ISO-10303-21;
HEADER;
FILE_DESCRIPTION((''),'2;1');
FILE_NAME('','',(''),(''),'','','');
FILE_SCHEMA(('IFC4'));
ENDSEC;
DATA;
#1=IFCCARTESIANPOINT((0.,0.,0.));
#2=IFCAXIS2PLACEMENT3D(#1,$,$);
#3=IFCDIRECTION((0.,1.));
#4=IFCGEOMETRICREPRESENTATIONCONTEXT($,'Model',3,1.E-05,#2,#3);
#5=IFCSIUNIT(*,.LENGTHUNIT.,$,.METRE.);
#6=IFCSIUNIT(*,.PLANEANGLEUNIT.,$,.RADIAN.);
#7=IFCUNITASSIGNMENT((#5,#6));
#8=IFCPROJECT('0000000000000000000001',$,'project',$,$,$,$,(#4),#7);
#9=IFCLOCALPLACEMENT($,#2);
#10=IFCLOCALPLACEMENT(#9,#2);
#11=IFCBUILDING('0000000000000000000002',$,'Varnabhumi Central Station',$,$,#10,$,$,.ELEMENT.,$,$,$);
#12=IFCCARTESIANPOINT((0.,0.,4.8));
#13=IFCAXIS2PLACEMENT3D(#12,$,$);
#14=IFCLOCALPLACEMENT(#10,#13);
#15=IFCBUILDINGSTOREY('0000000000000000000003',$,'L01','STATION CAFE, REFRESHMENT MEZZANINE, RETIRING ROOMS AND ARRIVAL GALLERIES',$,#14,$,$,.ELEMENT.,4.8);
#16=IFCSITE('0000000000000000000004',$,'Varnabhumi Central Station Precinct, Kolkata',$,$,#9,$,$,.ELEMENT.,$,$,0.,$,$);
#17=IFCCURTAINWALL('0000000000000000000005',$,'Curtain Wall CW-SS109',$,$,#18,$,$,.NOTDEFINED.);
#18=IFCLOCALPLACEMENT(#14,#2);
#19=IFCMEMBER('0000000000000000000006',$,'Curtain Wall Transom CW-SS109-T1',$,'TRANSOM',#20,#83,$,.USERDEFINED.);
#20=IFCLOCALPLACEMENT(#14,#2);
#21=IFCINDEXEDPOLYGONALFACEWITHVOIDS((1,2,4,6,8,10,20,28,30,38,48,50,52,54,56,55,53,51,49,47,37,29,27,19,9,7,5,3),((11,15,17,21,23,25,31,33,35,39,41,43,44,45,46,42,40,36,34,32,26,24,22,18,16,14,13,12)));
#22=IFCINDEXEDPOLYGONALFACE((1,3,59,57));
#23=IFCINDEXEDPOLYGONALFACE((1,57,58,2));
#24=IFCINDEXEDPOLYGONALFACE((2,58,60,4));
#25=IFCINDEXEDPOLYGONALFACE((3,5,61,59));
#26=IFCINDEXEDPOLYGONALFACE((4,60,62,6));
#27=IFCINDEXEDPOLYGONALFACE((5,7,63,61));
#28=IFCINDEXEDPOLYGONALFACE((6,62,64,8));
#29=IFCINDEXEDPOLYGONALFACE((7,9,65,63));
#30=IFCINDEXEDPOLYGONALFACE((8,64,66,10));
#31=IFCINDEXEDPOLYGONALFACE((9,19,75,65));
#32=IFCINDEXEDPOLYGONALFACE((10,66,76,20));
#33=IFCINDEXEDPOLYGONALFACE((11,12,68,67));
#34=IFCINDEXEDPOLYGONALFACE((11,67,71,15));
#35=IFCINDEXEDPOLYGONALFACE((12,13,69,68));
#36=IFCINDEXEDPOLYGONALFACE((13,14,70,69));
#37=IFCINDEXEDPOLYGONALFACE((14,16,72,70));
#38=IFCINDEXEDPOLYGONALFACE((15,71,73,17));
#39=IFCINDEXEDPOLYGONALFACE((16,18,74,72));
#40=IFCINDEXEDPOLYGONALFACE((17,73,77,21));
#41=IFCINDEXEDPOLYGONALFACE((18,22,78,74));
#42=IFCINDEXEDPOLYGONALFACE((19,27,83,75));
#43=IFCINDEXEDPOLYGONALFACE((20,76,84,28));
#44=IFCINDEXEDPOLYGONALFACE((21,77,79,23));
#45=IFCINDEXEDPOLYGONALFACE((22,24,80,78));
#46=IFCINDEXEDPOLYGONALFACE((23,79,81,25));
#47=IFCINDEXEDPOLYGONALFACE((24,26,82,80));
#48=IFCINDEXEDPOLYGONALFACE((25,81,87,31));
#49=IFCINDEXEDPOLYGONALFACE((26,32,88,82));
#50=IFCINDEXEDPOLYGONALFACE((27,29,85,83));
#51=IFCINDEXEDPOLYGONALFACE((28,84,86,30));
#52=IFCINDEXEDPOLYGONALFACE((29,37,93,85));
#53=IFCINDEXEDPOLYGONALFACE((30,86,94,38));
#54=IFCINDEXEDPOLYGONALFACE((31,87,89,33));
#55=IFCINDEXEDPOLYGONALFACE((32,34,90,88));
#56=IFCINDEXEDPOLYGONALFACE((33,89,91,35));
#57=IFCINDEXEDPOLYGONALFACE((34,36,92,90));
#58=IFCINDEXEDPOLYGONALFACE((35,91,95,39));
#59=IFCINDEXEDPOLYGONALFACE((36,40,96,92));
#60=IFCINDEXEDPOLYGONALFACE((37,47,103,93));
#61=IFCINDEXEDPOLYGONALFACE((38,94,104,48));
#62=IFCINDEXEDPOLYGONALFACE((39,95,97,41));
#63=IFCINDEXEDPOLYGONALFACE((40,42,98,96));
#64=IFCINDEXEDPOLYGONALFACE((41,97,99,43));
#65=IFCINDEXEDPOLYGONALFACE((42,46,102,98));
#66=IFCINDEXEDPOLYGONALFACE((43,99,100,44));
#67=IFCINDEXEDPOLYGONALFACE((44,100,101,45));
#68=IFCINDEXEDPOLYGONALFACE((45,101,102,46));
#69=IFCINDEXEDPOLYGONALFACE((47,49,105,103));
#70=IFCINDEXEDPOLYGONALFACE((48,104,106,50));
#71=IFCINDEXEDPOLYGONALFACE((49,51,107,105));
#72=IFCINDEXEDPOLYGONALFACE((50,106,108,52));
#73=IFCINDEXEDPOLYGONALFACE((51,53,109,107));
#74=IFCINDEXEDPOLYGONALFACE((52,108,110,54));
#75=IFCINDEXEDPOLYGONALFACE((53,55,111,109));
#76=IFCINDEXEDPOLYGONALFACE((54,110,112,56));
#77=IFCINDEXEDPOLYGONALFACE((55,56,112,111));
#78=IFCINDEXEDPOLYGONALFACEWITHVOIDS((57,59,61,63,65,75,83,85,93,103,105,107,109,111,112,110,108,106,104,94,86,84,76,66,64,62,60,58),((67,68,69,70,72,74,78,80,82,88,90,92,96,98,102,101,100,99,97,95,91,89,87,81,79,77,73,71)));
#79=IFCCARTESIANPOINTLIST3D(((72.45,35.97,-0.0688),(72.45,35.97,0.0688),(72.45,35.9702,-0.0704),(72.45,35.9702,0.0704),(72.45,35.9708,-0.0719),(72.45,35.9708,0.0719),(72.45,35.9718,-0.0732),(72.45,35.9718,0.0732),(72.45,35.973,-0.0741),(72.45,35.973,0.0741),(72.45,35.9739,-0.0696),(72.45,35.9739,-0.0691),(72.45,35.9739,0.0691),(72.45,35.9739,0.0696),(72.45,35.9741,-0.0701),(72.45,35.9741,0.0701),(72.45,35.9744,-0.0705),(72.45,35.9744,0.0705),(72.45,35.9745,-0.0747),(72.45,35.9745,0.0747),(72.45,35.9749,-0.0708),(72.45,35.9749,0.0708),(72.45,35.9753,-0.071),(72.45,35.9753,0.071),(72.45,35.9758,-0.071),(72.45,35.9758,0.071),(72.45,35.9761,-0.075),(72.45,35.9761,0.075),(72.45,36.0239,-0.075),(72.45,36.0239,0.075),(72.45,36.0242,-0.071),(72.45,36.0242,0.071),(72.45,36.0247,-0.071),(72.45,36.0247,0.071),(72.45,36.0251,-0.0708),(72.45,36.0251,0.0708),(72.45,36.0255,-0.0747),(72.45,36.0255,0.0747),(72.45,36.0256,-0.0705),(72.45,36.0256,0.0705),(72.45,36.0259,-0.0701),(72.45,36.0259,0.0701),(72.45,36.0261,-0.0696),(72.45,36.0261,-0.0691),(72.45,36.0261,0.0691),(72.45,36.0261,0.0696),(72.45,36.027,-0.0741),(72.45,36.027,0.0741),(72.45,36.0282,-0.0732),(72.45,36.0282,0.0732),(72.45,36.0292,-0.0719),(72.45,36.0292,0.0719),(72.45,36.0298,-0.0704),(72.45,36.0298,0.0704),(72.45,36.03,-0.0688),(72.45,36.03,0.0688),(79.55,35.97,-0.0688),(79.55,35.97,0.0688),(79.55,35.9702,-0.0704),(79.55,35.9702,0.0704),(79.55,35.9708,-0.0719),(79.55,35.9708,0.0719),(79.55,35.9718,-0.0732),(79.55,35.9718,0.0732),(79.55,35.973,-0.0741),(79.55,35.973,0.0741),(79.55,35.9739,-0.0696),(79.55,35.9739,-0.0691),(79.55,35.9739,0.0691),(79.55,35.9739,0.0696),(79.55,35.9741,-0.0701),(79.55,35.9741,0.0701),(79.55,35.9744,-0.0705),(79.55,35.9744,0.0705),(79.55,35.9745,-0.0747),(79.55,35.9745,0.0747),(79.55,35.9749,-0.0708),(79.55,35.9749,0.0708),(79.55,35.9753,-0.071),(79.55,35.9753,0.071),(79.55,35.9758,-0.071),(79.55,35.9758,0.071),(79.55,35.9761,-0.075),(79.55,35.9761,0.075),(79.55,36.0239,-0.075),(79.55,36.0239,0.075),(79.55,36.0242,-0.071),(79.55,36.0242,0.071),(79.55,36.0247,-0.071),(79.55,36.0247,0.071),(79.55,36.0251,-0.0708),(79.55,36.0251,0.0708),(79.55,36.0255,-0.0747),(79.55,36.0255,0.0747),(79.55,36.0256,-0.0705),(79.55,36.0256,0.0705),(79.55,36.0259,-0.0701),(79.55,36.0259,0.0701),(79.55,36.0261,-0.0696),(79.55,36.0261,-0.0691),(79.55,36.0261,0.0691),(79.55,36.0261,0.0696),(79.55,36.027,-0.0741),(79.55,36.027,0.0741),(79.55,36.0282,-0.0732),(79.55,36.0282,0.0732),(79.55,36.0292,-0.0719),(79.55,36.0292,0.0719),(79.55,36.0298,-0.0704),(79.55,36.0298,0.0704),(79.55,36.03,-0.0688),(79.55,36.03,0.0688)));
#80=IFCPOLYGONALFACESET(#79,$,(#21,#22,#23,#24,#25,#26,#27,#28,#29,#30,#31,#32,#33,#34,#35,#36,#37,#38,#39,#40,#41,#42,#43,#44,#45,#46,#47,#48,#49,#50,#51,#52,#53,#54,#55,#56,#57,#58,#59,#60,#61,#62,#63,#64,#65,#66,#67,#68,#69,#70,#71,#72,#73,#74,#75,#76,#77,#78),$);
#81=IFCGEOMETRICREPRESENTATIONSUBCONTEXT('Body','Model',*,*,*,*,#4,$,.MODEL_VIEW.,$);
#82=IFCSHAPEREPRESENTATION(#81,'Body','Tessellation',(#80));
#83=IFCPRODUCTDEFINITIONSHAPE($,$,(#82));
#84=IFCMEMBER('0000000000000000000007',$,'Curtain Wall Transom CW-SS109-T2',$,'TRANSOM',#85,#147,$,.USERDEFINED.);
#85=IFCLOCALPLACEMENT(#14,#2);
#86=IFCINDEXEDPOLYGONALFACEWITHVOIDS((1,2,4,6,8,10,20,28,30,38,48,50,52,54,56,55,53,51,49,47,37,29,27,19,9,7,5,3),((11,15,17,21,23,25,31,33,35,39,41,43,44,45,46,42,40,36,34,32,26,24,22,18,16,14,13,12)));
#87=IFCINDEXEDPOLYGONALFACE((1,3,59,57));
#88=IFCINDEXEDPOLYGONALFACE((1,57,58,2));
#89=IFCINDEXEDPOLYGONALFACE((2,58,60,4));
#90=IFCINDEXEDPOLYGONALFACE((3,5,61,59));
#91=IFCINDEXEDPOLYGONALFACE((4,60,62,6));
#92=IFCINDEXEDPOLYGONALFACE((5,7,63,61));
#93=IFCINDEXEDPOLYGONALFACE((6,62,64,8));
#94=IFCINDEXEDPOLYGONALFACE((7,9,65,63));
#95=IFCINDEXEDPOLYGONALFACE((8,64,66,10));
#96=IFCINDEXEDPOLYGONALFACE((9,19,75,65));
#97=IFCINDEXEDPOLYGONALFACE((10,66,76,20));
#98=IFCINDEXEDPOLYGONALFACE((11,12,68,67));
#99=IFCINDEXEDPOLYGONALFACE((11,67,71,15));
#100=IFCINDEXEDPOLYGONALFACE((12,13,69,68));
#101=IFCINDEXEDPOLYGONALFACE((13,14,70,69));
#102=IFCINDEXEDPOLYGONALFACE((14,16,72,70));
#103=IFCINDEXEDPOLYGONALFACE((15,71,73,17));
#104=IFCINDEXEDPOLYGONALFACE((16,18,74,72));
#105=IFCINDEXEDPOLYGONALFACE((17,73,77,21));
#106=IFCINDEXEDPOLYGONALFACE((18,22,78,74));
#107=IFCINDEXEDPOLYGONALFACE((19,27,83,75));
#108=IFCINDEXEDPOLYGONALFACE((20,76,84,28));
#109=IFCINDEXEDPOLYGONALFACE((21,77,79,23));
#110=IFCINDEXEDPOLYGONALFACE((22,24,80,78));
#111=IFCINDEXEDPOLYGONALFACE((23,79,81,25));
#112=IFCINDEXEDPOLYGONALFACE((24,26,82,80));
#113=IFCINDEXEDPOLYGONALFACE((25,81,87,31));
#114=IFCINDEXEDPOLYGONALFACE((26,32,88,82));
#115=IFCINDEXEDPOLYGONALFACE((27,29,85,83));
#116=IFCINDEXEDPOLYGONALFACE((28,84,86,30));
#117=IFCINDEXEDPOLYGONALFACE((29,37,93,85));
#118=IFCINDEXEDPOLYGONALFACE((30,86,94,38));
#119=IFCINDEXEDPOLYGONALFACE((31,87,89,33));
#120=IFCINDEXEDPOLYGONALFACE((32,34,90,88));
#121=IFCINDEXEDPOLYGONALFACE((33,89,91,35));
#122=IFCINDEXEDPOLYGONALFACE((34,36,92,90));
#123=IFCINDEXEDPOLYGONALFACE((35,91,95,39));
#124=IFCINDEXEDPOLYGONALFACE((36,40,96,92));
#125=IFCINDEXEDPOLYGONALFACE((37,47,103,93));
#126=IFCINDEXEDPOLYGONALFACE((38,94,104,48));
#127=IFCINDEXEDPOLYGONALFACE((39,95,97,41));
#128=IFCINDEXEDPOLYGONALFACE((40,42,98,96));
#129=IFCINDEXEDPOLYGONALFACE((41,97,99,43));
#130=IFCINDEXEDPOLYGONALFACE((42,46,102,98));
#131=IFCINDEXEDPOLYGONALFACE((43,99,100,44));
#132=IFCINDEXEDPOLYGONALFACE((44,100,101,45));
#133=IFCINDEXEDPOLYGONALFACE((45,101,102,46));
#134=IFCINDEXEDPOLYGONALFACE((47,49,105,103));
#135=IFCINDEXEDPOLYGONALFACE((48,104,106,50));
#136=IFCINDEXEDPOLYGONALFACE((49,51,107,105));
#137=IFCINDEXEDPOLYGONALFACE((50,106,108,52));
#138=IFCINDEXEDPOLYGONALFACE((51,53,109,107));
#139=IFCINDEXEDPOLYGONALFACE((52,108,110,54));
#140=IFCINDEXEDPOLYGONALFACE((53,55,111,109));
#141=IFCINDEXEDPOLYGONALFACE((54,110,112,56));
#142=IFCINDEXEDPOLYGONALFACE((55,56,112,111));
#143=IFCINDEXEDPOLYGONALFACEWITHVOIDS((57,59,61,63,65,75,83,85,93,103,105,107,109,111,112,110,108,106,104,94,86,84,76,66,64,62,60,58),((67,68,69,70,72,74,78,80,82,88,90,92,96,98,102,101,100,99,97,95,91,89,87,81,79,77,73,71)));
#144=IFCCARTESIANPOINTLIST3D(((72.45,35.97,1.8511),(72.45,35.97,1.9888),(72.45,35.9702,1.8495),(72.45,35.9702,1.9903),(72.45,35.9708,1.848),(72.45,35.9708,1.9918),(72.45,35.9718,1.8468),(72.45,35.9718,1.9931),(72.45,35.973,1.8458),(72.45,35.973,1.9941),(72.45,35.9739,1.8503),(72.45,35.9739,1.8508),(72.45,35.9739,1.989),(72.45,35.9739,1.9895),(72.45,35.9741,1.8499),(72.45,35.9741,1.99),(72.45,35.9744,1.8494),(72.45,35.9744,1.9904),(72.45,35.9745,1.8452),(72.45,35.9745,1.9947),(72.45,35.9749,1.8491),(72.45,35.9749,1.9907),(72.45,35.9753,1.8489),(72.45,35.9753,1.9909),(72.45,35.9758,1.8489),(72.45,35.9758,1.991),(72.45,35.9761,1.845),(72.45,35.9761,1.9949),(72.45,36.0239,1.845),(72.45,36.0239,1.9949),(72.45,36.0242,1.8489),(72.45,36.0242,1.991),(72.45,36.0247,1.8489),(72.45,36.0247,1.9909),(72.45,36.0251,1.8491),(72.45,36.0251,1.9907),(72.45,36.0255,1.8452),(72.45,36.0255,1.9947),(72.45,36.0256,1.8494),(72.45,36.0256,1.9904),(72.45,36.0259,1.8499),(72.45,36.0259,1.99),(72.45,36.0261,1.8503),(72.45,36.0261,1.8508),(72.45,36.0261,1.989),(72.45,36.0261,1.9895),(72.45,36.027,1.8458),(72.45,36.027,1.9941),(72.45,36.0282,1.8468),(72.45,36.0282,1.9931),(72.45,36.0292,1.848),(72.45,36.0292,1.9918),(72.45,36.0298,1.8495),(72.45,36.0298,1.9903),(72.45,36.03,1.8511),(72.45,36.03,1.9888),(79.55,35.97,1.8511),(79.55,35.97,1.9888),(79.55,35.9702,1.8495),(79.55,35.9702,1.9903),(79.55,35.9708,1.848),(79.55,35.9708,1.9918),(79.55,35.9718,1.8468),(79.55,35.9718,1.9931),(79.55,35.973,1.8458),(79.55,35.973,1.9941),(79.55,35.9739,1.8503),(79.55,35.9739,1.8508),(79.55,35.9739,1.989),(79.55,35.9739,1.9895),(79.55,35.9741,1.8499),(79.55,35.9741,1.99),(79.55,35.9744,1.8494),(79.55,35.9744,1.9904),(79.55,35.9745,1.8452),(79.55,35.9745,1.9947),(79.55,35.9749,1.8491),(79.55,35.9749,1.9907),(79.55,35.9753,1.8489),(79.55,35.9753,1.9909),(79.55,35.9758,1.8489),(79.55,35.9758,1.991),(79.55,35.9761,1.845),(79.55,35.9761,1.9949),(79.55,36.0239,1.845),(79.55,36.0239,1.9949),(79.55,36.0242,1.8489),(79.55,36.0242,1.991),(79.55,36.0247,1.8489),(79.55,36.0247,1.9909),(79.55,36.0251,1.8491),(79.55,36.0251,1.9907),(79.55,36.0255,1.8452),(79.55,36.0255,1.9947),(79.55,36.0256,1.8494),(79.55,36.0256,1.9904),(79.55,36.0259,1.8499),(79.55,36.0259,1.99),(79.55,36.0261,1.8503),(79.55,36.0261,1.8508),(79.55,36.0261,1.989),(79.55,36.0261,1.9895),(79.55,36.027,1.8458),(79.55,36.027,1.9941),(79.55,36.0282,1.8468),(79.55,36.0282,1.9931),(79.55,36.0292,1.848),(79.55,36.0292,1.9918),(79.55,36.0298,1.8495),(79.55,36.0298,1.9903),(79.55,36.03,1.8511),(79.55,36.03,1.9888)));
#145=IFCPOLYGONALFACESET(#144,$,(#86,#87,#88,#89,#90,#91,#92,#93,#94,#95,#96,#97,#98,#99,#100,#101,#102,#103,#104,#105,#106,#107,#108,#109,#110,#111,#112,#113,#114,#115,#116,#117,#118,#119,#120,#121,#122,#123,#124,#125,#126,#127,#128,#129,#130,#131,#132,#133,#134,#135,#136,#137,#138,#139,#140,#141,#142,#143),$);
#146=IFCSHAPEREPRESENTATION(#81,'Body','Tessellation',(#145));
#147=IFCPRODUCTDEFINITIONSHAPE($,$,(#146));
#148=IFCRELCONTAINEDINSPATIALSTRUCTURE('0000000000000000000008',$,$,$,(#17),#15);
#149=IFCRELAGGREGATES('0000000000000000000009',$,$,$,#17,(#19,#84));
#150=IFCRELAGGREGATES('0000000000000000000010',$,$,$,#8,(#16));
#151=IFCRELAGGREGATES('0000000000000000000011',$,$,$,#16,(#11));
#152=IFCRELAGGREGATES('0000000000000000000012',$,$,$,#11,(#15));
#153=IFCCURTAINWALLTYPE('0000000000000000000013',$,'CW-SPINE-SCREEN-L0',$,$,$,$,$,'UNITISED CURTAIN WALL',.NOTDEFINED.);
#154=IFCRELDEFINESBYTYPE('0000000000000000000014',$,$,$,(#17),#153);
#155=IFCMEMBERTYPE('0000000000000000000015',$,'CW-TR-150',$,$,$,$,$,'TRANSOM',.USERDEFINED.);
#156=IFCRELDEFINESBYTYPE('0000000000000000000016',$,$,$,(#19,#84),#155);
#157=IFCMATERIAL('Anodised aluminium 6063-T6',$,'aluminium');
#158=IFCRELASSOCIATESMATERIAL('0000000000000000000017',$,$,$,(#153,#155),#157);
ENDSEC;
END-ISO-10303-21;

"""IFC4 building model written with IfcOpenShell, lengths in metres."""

from ifc_helpers import new_model, si_unit, direction, frame, origin, origin_2d, place, context, subcontext, project, spatial, hollow_rectangle, extrude, material, material_profile, profile_set, type_object, element, aggregate, save


model = new_model("IFC4")

# Units and contexts
model_context = context("Model", 3, precision=1e-05, world=origin(), true_north=direction((0.0, 1.0)))
body_context = subcontext(model_context, "Body", "Model", "MODEL_VIEW")
ifc_project = project(units=[si_unit("LENGTHUNIT", "METRE"), si_unit("PLANEANGLEUNIT", "RADIAN")], contexts=[model_context])

# Site, building, storey
site_placement = place(None, origin())
site = spatial("IfcSite", under=ifc_project, at=site_placement, Name="Varnabhumi Central Station Precinct, Kolkata", CompositionType="ELEMENT", RefElevation=0.0)
building_placement = place(site_placement, origin())
building = spatial("IfcBuilding", under=site, at=building_placement, Name="Varnabhumi Central Station", CompositionType="ELEMENT")
storey_placement = place(building_placement, frame((0.0, 0.0, 4.8)))
storey = spatial("IfcBuildingStorey", under=building, at=storey_placement, Name="L01", Description="STATION CAFE, REFRESHMENT MEZZANINE, RETIRING ROOMS AND ARRIVAL GALLERIES", CompositionType="ELEMENT", Elevation=4.8)

# Curtain wall, members
ifc_material_1 = material(Name="Anodised aluminium 6063-T6", Category="aluminium")
curtain_wall_type = type_object("IfcCurtainWallType", Name="CW-SPINE-SCREEN-L0", ElementType="UNITISED CURTAIN WALL", PredefinedType="NOTDEFINED", material=ifc_material_1)
curtain_wall_placement = place(storey_placement, origin())
curtain_wall = element("IfcCurtainWall", 1, at=curtain_wall_placement, inside=storey, type_object=curtain_wall_type, Name="Curtain Wall CW-SS109", PredefinedType="NOTDEFINED")
ifc_material_profile_1 = material_profile(ifc_material_1, hollow_rectangle(XDim=0.0601, YDim=0.1499, WallThickness=0.0039, InnerFilletRadius=0.002, OuterFilletRadius=0.0061, at=origin_2d()), Name="Anodised aluminium 6063-T6", Category="aluminium")
ifc_profile_set_1 = profile_set([ifc_material_profile_1], Name="Anodised aluminium 6063-T6")
member_type_1 = type_object("IfcMemberType", Name="CW-TR-150", ElementType="TRANSOM", PredefinedType="USERDEFINED", material=ifc_profile_set_1)
member_1_placement = place(storey_placement, frame((72.45, 36.0, 0.0), z_axis=(1.0, 0.0, 0.0), x_axis=(0.0, 1.0, 0.0)))
member_1 = element("IfcMember", 2, at=member_1_placement, type_object=member_type_1, Name="Curtain Wall Transom CW-SS109-T1", ObjectType="TRANSOM", PredefinedType="USERDEFINED", context=body_context, shape_type="SweptSolid", body=[
    extrude(hollow_rectangle(XDim=0.0601, YDim=0.1499, WallThickness=0.0039, InnerFilletRadius=0.002, OuterFilletRadius=0.0061, at=origin_2d()), origin(), (0.0, 0.0, 1.0), 7.1001),
])
member_2_placement = place(storey_placement, frame((72.45, 36.0, 1.9199), z_axis=(1.0, 0.0, 0.0), x_axis=(0.0, 1.0, 0.0)))
member_2 = element("IfcMember", 3, at=member_2_placement, type_object=member_type_1, Name="Curtain Wall Transom CW-SS109-T2", ObjectType="TRANSOM", PredefinedType="USERDEFINED", context=body_context, shape_type="SweptSolid", body=[
    extrude(hollow_rectangle(XDim=0.0601, YDim=0.1499, WallThickness=0.0039, InnerFilletRadius=0.002, OuterFilletRadius=0.0061, at=origin_2d()), origin(), (0.0, 0.0, 1.0), 7.1001),
])
aggregate(curtain_wall, [member_1, member_2])

save(model, "model.ifc")
